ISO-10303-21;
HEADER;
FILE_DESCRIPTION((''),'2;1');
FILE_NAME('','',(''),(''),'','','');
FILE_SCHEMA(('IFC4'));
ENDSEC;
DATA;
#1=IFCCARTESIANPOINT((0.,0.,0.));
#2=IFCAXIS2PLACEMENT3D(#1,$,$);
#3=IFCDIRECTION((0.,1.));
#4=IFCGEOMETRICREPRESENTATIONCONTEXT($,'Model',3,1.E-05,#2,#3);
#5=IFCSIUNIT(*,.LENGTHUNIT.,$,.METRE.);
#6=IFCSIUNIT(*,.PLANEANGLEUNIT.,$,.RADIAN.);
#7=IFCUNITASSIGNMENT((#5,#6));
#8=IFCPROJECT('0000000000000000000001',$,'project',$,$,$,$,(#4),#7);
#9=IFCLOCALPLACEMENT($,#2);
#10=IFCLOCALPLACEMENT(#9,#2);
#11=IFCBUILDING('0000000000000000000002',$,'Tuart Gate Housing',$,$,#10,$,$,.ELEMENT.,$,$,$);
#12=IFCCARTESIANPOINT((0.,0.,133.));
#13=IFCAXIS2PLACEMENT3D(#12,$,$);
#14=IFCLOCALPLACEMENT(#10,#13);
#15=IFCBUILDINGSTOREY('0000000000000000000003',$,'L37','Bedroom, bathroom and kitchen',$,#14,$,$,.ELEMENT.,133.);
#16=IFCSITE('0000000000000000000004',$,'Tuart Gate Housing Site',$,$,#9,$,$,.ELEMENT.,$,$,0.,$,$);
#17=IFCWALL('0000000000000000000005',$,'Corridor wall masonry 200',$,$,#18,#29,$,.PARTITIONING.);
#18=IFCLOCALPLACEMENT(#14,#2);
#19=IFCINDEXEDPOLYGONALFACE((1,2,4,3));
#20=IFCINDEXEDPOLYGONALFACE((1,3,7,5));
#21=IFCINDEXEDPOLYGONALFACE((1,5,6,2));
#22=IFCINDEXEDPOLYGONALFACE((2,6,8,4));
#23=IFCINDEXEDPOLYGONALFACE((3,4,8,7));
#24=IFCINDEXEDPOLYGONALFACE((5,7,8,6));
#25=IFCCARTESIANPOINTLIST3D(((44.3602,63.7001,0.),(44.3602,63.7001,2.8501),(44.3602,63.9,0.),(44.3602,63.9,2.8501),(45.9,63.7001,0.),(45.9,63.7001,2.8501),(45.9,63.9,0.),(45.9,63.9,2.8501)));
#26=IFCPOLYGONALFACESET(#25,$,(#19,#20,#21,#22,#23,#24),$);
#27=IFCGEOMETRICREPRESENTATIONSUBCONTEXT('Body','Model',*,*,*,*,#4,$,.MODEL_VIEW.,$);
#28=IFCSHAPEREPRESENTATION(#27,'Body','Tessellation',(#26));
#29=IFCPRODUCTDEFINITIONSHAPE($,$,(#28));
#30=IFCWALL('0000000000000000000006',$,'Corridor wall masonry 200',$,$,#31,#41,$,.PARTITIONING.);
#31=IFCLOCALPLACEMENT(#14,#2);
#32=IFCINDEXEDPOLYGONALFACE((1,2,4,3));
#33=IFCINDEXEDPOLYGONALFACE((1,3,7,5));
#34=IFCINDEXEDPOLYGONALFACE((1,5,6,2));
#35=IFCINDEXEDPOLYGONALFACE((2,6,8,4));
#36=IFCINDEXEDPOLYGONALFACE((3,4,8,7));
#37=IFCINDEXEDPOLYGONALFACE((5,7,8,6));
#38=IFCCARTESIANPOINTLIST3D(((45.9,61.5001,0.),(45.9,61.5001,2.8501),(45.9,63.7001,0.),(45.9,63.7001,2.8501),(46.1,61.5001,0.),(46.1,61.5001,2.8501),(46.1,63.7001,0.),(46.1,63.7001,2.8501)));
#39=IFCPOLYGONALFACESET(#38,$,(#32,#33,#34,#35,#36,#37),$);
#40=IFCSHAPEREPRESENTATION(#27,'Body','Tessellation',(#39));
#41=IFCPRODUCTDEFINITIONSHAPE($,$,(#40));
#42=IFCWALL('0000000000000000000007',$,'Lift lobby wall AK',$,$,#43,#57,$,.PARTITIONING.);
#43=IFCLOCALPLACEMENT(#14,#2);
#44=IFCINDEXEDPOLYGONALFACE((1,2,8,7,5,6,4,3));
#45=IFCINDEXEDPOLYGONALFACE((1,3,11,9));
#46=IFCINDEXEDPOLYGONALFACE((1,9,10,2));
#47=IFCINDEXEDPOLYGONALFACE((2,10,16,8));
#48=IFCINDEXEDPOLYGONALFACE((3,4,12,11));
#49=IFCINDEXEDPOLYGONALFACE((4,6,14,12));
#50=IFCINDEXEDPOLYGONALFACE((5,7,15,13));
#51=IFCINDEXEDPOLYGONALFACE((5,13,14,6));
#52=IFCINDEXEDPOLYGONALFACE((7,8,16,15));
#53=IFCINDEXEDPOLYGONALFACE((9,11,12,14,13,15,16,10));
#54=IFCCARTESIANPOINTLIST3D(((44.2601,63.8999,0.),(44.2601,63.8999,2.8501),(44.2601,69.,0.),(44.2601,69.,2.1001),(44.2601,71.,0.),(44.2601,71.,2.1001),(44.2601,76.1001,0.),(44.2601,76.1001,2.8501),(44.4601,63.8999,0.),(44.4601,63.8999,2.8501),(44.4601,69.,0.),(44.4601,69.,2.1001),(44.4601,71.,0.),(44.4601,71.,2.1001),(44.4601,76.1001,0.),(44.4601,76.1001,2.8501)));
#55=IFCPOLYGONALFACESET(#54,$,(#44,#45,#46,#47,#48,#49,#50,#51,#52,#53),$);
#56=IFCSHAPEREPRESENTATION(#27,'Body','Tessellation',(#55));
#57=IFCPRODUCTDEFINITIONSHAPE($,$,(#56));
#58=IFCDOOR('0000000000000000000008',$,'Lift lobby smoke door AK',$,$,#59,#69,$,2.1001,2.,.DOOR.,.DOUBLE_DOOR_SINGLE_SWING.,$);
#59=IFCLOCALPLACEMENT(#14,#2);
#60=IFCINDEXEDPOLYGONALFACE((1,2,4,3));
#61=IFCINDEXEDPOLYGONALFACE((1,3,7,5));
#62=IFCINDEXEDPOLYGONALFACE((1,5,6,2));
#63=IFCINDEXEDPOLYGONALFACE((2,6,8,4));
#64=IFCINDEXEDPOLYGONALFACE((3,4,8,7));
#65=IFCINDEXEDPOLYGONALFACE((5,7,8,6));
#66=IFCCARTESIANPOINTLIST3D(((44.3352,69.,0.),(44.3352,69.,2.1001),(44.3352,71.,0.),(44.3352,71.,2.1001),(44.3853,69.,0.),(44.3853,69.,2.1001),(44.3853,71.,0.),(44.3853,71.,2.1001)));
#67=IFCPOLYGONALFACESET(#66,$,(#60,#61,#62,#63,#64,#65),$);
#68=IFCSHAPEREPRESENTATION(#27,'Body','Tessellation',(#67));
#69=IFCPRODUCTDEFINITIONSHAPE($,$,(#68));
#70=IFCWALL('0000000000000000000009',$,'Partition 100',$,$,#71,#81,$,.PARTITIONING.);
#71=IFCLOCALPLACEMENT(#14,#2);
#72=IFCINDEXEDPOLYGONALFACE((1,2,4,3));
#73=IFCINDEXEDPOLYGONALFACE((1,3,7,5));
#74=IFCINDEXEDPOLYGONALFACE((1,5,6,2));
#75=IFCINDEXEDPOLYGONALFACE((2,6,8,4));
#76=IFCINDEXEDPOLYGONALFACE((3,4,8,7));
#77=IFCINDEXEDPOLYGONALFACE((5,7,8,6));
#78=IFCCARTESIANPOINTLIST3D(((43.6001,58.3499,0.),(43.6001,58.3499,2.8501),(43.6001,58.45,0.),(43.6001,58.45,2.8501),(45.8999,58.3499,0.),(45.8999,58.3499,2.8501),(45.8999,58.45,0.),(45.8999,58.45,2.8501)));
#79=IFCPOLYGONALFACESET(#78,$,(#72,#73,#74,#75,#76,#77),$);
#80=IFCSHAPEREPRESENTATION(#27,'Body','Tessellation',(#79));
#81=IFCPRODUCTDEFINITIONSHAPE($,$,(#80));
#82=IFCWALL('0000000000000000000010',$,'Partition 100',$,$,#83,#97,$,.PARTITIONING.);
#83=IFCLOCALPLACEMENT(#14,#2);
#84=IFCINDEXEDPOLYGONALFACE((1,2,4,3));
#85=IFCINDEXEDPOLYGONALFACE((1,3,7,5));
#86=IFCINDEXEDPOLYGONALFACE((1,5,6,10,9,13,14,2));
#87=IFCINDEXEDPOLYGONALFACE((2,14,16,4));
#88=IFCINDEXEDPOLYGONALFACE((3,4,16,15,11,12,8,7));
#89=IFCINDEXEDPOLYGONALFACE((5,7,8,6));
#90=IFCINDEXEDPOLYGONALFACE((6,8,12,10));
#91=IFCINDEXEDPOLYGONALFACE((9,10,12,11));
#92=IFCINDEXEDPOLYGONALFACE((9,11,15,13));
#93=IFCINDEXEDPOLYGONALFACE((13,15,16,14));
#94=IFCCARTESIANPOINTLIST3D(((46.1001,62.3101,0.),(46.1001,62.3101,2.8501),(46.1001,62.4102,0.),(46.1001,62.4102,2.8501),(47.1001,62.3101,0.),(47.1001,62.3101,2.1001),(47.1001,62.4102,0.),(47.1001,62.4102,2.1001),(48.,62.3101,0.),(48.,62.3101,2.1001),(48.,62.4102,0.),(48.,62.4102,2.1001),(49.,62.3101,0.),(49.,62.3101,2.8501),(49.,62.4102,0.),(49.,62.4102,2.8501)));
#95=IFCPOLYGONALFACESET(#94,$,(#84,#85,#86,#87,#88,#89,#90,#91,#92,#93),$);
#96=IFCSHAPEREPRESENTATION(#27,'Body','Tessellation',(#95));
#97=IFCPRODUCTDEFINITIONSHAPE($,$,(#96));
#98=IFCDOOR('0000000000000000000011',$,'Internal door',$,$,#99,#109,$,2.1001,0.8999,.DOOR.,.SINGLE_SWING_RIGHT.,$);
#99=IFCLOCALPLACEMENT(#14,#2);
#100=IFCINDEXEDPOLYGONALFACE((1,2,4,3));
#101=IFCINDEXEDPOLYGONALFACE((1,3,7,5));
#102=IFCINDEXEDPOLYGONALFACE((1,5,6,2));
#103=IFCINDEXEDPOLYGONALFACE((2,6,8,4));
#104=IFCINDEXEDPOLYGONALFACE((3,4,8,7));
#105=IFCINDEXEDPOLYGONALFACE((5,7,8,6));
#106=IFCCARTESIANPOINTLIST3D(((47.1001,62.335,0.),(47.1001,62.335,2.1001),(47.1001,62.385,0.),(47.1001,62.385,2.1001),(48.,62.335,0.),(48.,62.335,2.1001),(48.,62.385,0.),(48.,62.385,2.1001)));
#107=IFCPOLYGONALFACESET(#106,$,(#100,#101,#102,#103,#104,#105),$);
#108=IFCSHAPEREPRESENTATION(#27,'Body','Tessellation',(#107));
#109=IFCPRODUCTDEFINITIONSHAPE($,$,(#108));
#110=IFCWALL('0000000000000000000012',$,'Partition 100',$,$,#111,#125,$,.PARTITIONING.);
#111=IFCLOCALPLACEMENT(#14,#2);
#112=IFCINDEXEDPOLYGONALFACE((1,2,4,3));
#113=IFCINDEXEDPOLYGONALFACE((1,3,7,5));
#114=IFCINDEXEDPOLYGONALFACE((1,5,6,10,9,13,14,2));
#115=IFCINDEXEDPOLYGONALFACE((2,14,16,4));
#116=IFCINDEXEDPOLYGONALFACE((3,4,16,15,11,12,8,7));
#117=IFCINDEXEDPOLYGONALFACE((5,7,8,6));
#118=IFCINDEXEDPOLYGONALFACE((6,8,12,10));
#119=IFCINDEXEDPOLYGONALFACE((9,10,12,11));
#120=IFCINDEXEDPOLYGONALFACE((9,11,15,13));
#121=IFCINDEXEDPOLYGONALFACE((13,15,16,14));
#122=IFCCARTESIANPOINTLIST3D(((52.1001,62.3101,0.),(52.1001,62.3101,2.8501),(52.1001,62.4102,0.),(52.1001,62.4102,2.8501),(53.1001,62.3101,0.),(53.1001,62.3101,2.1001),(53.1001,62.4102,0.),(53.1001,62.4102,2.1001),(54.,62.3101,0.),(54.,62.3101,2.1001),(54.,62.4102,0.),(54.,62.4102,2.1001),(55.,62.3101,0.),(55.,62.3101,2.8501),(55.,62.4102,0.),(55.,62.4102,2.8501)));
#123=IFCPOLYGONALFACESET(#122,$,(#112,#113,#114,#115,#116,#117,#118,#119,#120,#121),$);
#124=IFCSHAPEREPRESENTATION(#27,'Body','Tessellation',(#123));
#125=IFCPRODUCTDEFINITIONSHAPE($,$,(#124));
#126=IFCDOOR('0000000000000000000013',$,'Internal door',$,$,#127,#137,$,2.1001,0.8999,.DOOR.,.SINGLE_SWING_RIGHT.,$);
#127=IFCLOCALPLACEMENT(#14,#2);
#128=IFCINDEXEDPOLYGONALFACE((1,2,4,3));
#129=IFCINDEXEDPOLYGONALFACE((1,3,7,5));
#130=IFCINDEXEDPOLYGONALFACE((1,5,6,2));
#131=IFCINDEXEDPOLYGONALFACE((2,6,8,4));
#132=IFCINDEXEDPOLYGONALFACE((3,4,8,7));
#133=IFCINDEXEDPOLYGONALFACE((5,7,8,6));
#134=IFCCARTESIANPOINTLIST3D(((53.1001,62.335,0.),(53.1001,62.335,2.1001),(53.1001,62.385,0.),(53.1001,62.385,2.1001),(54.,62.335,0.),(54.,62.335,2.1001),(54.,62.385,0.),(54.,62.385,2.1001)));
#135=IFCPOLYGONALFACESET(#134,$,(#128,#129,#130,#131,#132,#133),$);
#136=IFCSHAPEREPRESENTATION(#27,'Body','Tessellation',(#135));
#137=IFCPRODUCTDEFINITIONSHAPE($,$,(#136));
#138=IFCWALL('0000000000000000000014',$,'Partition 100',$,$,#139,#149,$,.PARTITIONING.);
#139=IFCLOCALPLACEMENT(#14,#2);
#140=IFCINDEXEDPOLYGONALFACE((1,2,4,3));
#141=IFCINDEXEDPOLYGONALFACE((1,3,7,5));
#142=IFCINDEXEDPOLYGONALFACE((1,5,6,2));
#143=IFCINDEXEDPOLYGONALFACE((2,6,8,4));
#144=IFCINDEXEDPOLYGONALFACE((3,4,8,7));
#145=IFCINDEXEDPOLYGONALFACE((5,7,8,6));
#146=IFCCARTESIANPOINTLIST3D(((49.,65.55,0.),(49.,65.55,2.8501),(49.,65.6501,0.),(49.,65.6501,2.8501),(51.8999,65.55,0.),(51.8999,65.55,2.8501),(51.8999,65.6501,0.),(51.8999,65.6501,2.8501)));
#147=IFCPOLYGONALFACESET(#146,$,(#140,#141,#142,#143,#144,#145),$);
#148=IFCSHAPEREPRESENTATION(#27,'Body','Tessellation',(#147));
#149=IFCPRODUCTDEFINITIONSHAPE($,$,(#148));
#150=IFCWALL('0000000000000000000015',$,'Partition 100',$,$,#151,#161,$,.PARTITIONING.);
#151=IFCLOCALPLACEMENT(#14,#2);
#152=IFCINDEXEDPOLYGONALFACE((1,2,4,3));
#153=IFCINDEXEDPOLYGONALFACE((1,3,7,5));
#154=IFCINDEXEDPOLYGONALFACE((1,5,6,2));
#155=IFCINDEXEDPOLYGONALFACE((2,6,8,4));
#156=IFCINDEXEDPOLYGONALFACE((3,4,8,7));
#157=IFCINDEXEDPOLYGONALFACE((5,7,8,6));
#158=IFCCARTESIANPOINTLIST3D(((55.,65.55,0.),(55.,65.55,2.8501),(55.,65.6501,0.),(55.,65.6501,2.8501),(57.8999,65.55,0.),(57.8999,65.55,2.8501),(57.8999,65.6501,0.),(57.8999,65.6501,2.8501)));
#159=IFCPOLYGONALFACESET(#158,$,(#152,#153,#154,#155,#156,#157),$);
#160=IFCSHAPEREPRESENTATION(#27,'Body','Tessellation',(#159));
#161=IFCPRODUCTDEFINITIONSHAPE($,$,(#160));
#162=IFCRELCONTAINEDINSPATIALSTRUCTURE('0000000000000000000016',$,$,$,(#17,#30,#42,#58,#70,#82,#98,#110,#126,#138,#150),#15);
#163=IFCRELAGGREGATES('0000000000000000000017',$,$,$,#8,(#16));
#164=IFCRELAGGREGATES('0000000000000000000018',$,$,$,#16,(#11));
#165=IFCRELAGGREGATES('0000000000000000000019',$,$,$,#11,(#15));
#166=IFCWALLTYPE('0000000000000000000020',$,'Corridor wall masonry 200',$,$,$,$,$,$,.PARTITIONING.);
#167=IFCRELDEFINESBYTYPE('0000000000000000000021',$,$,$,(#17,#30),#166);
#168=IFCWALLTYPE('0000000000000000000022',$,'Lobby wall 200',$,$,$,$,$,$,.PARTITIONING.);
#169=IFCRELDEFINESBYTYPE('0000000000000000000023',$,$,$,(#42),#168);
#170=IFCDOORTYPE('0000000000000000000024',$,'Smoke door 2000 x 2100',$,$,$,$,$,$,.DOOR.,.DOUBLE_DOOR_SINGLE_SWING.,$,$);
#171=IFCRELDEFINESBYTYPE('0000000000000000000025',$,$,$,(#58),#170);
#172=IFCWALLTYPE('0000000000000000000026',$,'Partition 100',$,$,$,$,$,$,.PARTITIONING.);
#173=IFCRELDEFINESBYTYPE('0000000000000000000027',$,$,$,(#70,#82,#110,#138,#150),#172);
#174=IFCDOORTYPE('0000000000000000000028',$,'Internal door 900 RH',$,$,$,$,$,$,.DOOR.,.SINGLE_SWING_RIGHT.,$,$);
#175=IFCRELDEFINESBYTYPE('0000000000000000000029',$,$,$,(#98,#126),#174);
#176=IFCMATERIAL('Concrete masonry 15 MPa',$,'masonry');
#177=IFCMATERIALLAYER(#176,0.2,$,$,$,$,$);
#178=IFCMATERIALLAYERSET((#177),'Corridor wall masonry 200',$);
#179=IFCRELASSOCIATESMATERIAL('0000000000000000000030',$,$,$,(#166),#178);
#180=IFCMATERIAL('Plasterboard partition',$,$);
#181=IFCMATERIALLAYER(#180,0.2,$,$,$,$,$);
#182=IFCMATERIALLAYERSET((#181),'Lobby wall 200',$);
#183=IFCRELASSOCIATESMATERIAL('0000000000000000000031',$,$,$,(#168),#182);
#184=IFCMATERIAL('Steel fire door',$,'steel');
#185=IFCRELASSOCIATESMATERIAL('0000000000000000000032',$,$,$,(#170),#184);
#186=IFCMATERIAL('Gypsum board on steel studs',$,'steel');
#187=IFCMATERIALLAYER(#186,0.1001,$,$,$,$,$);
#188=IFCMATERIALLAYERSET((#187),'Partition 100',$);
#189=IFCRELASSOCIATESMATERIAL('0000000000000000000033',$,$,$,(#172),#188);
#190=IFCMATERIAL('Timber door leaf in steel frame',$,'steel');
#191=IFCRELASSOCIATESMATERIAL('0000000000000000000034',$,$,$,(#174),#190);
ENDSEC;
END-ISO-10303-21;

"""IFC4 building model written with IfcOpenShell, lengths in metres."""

from ifc_helpers import new_model, si_unit, direction, frame, frame_2d, origin, place, context, subcontext, project, spatial, rectangle, extrude, material, layer, layer_set, type_object, element, fill, save


model = new_model("IFC4")

# Units and contexts
model_context = context("Model", 3, precision=1e-05, world=origin(), true_north=direction((0.0, 1.0)))
body_context = subcontext(model_context, "Body", "Model", "MODEL_VIEW")
ifc_project = project(units=[si_unit("LENGTHUNIT", "METRE"), si_unit("PLANEANGLEUNIT", "RADIAN")], contexts=[model_context])

# Site, building, storey
site_placement = place(None, origin())
site = spatial("IfcSite", under=ifc_project, at=site_placement, Name="Tuart Gate Housing Site", CompositionType="ELEMENT", RefElevation=0.0)
building_placement = place(site_placement, origin())
building = spatial("IfcBuilding", under=site, at=building_placement, Name="Tuart Gate Housing", CompositionType="ELEMENT")
storey_placement = place(building_placement, frame((0.0, 0.0, 133.0)))
storey = spatial("IfcBuildingStorey", under=building, at=storey_placement, Name="L37", Description="Bedroom, bathroom and kitchen", CompositionType="ELEMENT", Elevation=133.0)

# Walls
ifc_material_1 = material(Name="Concrete masonry 15 MPa", Category="masonry")
ifc_layer_1 = layer(ifc_material_1, 0.2)
ifc_layer_set_1 = layer_set([ifc_layer_1], Name="Corridor wall masonry 200")
wall_type_1 = type_object("IfcWallType", Name="Corridor wall masonry 200", PredefinedType="PARTITIONING", material=ifc_layer_set_1)
wall_1_placement = place(storey_placement, frame((44.3601, 63.8, 0.0), z_axis=(0.0, 0.0, 1.0), x_axis=(1.0, 0.0, 0.0)))
element("IfcWall", 1, at=wall_1_placement, inside=storey, type_object=wall_type_1, Name="Corridor wall masonry 200", PredefinedType="PARTITIONING", context=body_context, shape_type="SweptSolid", body=[
    extrude(rectangle(XDim=1.5398, YDim=0.2, at=frame_2d((0.77, 0.0))), origin(), (0.0, 0.0, 1.0), 2.8501),
])
wall_2_placement = place(storey_placement, frame((46.0, 61.5, 0.0), z_axis=(0.0, 0.0, 1.0), x_axis=(0.0, 1.0, 0.0)))
element("IfcWall", 2, at=wall_2_placement, inside=storey, type_object=wall_type_1, Name="Corridor wall masonry 200", PredefinedType="PARTITIONING", context=body_context, shape_type="SweptSolid", body=[
    extrude(rectangle(XDim=2.2, YDim=0.2, at=frame_2d((1.1001, 0.0))), origin(), (0.0, 0.0, 1.0), 2.8501),
])

# Wall, opening, door
ifc_material_2 = material(Name="Plasterboard partition")
ifc_layer_2 = layer(ifc_material_2, 0.2)
ifc_layer_set_2 = layer_set([ifc_layer_2], Name="Lobby wall 200")
wall_type_2 = type_object("IfcWallType", Name="Lobby wall 200", PredefinedType="PARTITIONING", material=ifc_layer_set_2)
wall_3_placement = place(storey_placement, frame((44.3601, 63.8999, 0.0), z_axis=(0.0, 0.0, 1.0), x_axis=(0.0, 1.0, 0.0)))
wall_3 = element("IfcWall", 3, at=wall_3_placement, inside=storey, type_object=wall_type_2, Name="Lift lobby wall AK", PredefinedType="PARTITIONING", context=body_context, shape_type="SweptSolid", body=[
    extrude(rectangle(XDim=12.2002, YDim=0.2, at=frame_2d((6.1001, 0.0))), origin(), (0.0, 0.0, 1.0), 2.8501),
])
opening_1_placement = place(wall_3_placement, frame((5.1001, 0.0, 0.0)))
opening_1 = element("IfcOpeningElement", 4, at=opening_1_placement, cuts=wall_3, PredefinedType="OPENING", context=body_context, shape_type="SweptSolid", body=[
    extrude(rectangle(XDim=2.0, YDim=2.1001, at=frame_2d((1.0, 1.05))), frame((0.0, 0.1099, 0.0), z_axis=(0.0, -1.0, 0.0), x_axis=(1.0, 0.0, 0.0)), (0.0, 0.0, 1.0), 0.22),
])
ifc_material_3 = material(Name="Steel fire door", Category="steel")
door_type_1 = type_object("IfcDoorType", Name="Smoke door 2000 x 2100", OperationType="DOUBLE_DOOR_SINGLE_SWING", PredefinedType="DOOR", material=ifc_material_3)
door_1_placement = place(opening_1_placement, origin())
door_1 = element("IfcDoor", 5, at=door_1_placement, inside=storey, type_object=door_type_1, Name="Lift lobby smoke door AK", OperationType="DOUBLE_DOOR_SINGLE_SWING", OverallHeight=2.1001, OverallWidth=2.0, PredefinedType="DOOR", context=body_context, shape_type="SweptSolid", body=[
    extrude(rectangle(XDim=2.0, YDim=2.1001, at=frame_2d((1.0, 1.05))), frame((0.0, 0.0249, 0.0), z_axis=(0.0, -1.0, 0.0), x_axis=(1.0, 0.0, 0.0)), (0.0, 0.0, 1.0), 0.05),
])
fill(opening_1, door_1)

# Wall
ifc_material_4 = material(Name="Gypsum board on steel studs", Category="steel")
ifc_layer_3 = layer(ifc_material_4, 0.1001)
ifc_layer_set_3 = layer_set([ifc_layer_3], Name="Partition 100")
wall_type_3 = type_object("IfcWallType", Name="Partition 100", PredefinedType="PARTITIONING", material=ifc_layer_set_3)
wall_4_placement = place(storey_placement, frame((43.6001, 58.3999, 0.0), z_axis=(0.0, 0.0, 1.0), x_axis=(1.0, 0.0, 0.0)))
element("IfcWall", 6, at=wall_4_placement, inside=storey, type_object=wall_type_3, Name="Partition 100", PredefinedType="PARTITIONING", context=body_context, shape_type="SweptSolid", body=[
    extrude(rectangle(XDim=2.2998, YDim=0.1001, at=frame_2d((1.1499, 0.0))), origin(), (0.0, 0.0, 1.0), 2.8501),
])

# Walls, openings, doors
wall_5_placement = place(storey_placement, frame((46.1001, 62.3601, 0.0), z_axis=(0.0, 0.0, 1.0), x_axis=(1.0, 0.0, 0.0)))
wall_5 = element("IfcWall", 7, at=wall_5_placement, inside=storey, type_object=wall_type_3, Name="Partition 100", PredefinedType="PARTITIONING", context=body_context, shape_type="SweptSolid", body=[
    extrude(rectangle(XDim=2.8999, YDim=0.1001, at=frame_2d((1.45, 0.0))), origin(), (0.0, 0.0, 1.0), 2.8501),
])
opening_2_placement = place(wall_5_placement, frame((1.0, 0.0, 0.0)))
opening_2 = element("IfcOpeningElement", 8, at=opening_2_placement, cuts=wall_5, PredefinedType="OPENING", context=body_context, shape_type="SweptSolid", body=[
    extrude(rectangle(XDim=0.8999, YDim=2.1001, at=frame_2d((0.45, 1.05))), frame((0.0, 0.0601, 0.0), z_axis=(0.0, -1.0, 0.0), x_axis=(1.0, 0.0, 0.0)), (0.0, 0.0, 1.0), 0.1201),
])
ifc_material_5 = material(Name="Timber door leaf in steel frame", Category="steel")
door_type_2 = type_object("IfcDoorType", Name="Internal door 900 RH", OperationType="SINGLE_SWING_RIGHT", PredefinedType="DOOR", material=ifc_material_5)
door_2_placement = place(opening_2_placement, origin())
door_2 = element("IfcDoor", 9, at=door_2_placement, inside=storey, type_object=door_type_2, Name="Internal door", OperationType="SINGLE_SWING_RIGHT", OverallHeight=2.1001, OverallWidth=0.8999, PredefinedType="DOOR", context=body_context, shape_type="SweptSolid", body=[
    extrude(rectangle(XDim=0.8999, YDim=2.1001, at=frame_2d((0.45, 1.05))), frame((0.0, 0.0249, 0.0), z_axis=(0.0, -1.0, 0.0), x_axis=(1.0, 0.0, 0.0)), (0.0, 0.0, 1.0), 0.05),
])
fill(opening_2, door_2)
wall_6_placement = place(storey_placement, frame((52.1001, 62.3601, 0.0), z_axis=(0.0, 0.0, 1.0), x_axis=(1.0, 0.0, 0.0)))
wall_6 = element("IfcWall", 10, at=wall_6_placement, inside=storey, type_object=wall_type_3, Name="Partition 100", PredefinedType="PARTITIONING", context=body_context, shape_type="SweptSolid", body=[
    extrude(rectangle(XDim=2.8999, YDim=0.1001, at=frame_2d((1.45, 0.0))), origin(), (0.0, 0.0, 1.0), 2.8501),
])
opening_3_placement = place(wall_6_placement, frame((1.0, 0.0, 0.0)))
opening_3 = element("IfcOpeningElement", 11, at=opening_3_placement, cuts=wall_6, PredefinedType="OPENING", context=body_context, shape_type="SweptSolid", body=[
    extrude(rectangle(XDim=0.8999, YDim=2.1001, at=frame_2d((0.45, 1.05))), frame((0.0, 0.0601, 0.0), z_axis=(0.0, -1.0, 0.0), x_axis=(1.0, 0.0, 0.0)), (0.0, 0.0, 1.0), 0.1201),
])
door_3_placement = place(opening_3_placement, origin())
door_3 = element("IfcDoor", 12, at=door_3_placement, inside=storey, type_object=door_type_2, Name="Internal door", OperationType="SINGLE_SWING_RIGHT", OverallHeight=2.1001, OverallWidth=0.8999, PredefinedType="DOOR", context=body_context, shape_type="SweptSolid", body=[
    extrude(rectangle(XDim=0.8999, YDim=2.1001, at=frame_2d((0.45, 1.05))), frame((0.0, 0.0249, 0.0), z_axis=(0.0, -1.0, 0.0), x_axis=(1.0, 0.0, 0.0)), (0.0, 0.0, 1.0), 0.05),
])
fill(opening_3, door_3)

# Walls
for number, where, z_axis, x_axis, name in (
    (13, (49.0, 65.6001, 0.0), (0.0, 0.0, 1.0), (1.0, 0.0, 0.0), "Partition 100"),
    (14, (55.0, 65.6001, 0.0), (0.0, 0.0, 1.0), (1.0, 0.0, 0.0), "Partition 100"),
):
    element("IfcWall", number, at=place(storey_placement, frame(where, z_axis=z_axis, x_axis=x_axis)), inside=storey, type_object=wall_type_3, Name=name, PredefinedType="PARTITIONING", context=body_context, shape_type="SweptSolid", body=[
        extrude(rectangle(XDim=2.8999, YDim=0.1001, at=frame_2d((1.45, 0.0))), origin(), (0.0, 0.0, 1.0), 2.8501),
    ])

save(model, "model.ifc")
